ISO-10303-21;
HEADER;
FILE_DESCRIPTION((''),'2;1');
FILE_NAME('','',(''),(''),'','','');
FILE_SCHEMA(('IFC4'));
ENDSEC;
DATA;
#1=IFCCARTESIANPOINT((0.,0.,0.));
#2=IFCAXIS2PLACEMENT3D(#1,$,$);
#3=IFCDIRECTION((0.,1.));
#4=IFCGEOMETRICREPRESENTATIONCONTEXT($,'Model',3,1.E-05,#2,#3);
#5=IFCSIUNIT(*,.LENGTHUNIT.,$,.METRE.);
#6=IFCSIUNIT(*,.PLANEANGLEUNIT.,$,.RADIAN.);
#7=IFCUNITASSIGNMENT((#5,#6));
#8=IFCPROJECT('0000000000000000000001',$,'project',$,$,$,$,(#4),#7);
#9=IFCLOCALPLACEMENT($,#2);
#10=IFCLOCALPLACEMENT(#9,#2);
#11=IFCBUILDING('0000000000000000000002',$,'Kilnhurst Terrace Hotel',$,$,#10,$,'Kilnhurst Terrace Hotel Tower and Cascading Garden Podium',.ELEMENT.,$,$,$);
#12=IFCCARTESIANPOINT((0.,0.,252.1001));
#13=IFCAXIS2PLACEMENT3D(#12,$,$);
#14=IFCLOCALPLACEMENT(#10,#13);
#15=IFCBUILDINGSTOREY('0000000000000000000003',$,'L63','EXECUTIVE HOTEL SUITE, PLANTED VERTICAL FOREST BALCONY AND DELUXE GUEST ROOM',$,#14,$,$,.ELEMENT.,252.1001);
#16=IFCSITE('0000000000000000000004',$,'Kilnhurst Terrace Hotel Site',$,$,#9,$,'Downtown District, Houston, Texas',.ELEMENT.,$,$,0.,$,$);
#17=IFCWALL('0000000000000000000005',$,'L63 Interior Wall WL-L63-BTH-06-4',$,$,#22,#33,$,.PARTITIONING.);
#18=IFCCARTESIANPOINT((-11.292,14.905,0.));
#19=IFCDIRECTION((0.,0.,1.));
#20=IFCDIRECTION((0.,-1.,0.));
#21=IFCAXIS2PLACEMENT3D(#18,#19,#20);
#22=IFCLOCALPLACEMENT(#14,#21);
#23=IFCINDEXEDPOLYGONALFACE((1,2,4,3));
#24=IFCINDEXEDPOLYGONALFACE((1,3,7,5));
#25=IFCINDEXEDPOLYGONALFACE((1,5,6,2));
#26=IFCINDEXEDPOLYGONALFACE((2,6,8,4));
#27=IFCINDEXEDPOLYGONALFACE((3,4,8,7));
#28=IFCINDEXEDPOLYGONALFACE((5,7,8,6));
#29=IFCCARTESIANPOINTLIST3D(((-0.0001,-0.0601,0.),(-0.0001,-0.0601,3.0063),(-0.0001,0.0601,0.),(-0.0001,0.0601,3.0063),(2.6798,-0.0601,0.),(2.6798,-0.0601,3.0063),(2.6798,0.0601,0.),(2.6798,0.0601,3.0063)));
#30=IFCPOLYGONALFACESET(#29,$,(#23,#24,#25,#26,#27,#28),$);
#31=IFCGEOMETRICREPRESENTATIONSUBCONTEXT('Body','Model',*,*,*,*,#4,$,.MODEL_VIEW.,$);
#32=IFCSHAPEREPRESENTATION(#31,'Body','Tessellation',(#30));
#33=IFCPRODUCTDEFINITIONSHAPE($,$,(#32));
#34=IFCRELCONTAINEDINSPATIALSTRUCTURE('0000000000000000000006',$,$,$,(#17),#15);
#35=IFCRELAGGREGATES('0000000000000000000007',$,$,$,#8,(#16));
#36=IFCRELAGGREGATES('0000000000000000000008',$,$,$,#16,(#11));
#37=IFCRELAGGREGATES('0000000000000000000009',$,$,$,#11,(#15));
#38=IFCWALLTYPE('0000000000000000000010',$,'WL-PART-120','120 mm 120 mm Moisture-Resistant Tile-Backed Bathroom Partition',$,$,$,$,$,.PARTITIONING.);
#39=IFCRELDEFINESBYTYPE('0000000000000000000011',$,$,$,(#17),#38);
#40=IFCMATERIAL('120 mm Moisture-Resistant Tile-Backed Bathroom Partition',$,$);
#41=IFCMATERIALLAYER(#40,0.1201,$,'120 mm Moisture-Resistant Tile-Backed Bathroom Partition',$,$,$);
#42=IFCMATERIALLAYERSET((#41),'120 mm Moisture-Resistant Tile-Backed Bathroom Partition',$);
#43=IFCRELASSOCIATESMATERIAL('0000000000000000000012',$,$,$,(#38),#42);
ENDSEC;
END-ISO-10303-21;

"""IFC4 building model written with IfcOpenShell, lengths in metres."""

from ifc_helpers import new_model, si_unit, direction, frame, frame_2d, origin, place, context, subcontext, project, spatial, rectangle, extrude, material, layer, layer_set, type_object, element, save


model = new_model("IFC4")

# Units and contexts
model_context = context("Model", 3, precision=1e-05, world=origin(), true_north=direction((0.0, 1.0)))
body_context = subcontext(model_context, "Body", "Model", "MODEL_VIEW")
ifc_project = project(units=[si_unit("LENGTHUNIT", "METRE"), si_unit("PLANEANGLEUNIT", "RADIAN")], contexts=[model_context])

# Site, building, storey
site_placement = place(None, origin())
site = spatial("IfcSite", under=ifc_project, at=site_placement, Name="Kilnhurst Terrace Hotel Site", LongName="Downtown District, Houston, Texas", CompositionType="ELEMENT", RefElevation=0.0)
building_placement = place(site_placement, origin())
building = spatial("IfcBuilding", under=site, at=building_placement, Name="Kilnhurst Terrace Hotel", LongName="Kilnhurst Terrace Hotel Tower and Cascading Garden Podium", CompositionType="ELEMENT")
storey_placement = place(building_placement, frame((0.0, 0.0, 252.1001)))
storey = spatial("IfcBuildingStorey", under=building, at=storey_placement, Name="L63", Description="EXECUTIVE HOTEL SUITE, PLANTED VERTICAL FOREST BALCONY AND DELUXE GUEST ROOM", CompositionType="ELEMENT", Elevation=252.1001)

# Shared definitions
ifc_material_1 = material(Name="120 mm Moisture-Resistant Tile-Backed Bathroom Partition")
ifc_layer_1 = layer(ifc_material_1, 0.1201, Name="120 mm Moisture-Resistant Tile-Backed Bathroom Partition")
ifc_layer_set_1 = layer_set([ifc_layer_1], Name="120 mm Moisture-Resistant Tile-Backed Bathroom Partition")
wall_type_1 = type_object("IfcWallType", Name="WL-PART-120", Description="120 mm 120 mm Moisture-Resistant Tile-Backed Bathroom Partition", PredefinedType="PARTITIONING", material=ifc_layer_set_1)

# Wall
wall_1_placement = place(storey_placement, frame((-11.292, 14.905, 0.0), z_axis=(0.0, 0.0, 1.0), x_axis=(0.0, -1.0, 0.0)))
element("IfcWall", 1, at=wall_1_placement, inside=storey, type_object=wall_type_1, Name="L63 Interior Wall WL-L63-BTH-06-4", PredefinedType="PARTITIONING", context=body_context, shape_type="SweptSolid", body=[
    extrude(rectangle(XDim=2.6799, YDim=0.1201, at=frame_2d((1.3398, 0.0))), origin(), (0.0, 0.0, 1.0), 3.0063),
])

save(model, "model.ifc")
